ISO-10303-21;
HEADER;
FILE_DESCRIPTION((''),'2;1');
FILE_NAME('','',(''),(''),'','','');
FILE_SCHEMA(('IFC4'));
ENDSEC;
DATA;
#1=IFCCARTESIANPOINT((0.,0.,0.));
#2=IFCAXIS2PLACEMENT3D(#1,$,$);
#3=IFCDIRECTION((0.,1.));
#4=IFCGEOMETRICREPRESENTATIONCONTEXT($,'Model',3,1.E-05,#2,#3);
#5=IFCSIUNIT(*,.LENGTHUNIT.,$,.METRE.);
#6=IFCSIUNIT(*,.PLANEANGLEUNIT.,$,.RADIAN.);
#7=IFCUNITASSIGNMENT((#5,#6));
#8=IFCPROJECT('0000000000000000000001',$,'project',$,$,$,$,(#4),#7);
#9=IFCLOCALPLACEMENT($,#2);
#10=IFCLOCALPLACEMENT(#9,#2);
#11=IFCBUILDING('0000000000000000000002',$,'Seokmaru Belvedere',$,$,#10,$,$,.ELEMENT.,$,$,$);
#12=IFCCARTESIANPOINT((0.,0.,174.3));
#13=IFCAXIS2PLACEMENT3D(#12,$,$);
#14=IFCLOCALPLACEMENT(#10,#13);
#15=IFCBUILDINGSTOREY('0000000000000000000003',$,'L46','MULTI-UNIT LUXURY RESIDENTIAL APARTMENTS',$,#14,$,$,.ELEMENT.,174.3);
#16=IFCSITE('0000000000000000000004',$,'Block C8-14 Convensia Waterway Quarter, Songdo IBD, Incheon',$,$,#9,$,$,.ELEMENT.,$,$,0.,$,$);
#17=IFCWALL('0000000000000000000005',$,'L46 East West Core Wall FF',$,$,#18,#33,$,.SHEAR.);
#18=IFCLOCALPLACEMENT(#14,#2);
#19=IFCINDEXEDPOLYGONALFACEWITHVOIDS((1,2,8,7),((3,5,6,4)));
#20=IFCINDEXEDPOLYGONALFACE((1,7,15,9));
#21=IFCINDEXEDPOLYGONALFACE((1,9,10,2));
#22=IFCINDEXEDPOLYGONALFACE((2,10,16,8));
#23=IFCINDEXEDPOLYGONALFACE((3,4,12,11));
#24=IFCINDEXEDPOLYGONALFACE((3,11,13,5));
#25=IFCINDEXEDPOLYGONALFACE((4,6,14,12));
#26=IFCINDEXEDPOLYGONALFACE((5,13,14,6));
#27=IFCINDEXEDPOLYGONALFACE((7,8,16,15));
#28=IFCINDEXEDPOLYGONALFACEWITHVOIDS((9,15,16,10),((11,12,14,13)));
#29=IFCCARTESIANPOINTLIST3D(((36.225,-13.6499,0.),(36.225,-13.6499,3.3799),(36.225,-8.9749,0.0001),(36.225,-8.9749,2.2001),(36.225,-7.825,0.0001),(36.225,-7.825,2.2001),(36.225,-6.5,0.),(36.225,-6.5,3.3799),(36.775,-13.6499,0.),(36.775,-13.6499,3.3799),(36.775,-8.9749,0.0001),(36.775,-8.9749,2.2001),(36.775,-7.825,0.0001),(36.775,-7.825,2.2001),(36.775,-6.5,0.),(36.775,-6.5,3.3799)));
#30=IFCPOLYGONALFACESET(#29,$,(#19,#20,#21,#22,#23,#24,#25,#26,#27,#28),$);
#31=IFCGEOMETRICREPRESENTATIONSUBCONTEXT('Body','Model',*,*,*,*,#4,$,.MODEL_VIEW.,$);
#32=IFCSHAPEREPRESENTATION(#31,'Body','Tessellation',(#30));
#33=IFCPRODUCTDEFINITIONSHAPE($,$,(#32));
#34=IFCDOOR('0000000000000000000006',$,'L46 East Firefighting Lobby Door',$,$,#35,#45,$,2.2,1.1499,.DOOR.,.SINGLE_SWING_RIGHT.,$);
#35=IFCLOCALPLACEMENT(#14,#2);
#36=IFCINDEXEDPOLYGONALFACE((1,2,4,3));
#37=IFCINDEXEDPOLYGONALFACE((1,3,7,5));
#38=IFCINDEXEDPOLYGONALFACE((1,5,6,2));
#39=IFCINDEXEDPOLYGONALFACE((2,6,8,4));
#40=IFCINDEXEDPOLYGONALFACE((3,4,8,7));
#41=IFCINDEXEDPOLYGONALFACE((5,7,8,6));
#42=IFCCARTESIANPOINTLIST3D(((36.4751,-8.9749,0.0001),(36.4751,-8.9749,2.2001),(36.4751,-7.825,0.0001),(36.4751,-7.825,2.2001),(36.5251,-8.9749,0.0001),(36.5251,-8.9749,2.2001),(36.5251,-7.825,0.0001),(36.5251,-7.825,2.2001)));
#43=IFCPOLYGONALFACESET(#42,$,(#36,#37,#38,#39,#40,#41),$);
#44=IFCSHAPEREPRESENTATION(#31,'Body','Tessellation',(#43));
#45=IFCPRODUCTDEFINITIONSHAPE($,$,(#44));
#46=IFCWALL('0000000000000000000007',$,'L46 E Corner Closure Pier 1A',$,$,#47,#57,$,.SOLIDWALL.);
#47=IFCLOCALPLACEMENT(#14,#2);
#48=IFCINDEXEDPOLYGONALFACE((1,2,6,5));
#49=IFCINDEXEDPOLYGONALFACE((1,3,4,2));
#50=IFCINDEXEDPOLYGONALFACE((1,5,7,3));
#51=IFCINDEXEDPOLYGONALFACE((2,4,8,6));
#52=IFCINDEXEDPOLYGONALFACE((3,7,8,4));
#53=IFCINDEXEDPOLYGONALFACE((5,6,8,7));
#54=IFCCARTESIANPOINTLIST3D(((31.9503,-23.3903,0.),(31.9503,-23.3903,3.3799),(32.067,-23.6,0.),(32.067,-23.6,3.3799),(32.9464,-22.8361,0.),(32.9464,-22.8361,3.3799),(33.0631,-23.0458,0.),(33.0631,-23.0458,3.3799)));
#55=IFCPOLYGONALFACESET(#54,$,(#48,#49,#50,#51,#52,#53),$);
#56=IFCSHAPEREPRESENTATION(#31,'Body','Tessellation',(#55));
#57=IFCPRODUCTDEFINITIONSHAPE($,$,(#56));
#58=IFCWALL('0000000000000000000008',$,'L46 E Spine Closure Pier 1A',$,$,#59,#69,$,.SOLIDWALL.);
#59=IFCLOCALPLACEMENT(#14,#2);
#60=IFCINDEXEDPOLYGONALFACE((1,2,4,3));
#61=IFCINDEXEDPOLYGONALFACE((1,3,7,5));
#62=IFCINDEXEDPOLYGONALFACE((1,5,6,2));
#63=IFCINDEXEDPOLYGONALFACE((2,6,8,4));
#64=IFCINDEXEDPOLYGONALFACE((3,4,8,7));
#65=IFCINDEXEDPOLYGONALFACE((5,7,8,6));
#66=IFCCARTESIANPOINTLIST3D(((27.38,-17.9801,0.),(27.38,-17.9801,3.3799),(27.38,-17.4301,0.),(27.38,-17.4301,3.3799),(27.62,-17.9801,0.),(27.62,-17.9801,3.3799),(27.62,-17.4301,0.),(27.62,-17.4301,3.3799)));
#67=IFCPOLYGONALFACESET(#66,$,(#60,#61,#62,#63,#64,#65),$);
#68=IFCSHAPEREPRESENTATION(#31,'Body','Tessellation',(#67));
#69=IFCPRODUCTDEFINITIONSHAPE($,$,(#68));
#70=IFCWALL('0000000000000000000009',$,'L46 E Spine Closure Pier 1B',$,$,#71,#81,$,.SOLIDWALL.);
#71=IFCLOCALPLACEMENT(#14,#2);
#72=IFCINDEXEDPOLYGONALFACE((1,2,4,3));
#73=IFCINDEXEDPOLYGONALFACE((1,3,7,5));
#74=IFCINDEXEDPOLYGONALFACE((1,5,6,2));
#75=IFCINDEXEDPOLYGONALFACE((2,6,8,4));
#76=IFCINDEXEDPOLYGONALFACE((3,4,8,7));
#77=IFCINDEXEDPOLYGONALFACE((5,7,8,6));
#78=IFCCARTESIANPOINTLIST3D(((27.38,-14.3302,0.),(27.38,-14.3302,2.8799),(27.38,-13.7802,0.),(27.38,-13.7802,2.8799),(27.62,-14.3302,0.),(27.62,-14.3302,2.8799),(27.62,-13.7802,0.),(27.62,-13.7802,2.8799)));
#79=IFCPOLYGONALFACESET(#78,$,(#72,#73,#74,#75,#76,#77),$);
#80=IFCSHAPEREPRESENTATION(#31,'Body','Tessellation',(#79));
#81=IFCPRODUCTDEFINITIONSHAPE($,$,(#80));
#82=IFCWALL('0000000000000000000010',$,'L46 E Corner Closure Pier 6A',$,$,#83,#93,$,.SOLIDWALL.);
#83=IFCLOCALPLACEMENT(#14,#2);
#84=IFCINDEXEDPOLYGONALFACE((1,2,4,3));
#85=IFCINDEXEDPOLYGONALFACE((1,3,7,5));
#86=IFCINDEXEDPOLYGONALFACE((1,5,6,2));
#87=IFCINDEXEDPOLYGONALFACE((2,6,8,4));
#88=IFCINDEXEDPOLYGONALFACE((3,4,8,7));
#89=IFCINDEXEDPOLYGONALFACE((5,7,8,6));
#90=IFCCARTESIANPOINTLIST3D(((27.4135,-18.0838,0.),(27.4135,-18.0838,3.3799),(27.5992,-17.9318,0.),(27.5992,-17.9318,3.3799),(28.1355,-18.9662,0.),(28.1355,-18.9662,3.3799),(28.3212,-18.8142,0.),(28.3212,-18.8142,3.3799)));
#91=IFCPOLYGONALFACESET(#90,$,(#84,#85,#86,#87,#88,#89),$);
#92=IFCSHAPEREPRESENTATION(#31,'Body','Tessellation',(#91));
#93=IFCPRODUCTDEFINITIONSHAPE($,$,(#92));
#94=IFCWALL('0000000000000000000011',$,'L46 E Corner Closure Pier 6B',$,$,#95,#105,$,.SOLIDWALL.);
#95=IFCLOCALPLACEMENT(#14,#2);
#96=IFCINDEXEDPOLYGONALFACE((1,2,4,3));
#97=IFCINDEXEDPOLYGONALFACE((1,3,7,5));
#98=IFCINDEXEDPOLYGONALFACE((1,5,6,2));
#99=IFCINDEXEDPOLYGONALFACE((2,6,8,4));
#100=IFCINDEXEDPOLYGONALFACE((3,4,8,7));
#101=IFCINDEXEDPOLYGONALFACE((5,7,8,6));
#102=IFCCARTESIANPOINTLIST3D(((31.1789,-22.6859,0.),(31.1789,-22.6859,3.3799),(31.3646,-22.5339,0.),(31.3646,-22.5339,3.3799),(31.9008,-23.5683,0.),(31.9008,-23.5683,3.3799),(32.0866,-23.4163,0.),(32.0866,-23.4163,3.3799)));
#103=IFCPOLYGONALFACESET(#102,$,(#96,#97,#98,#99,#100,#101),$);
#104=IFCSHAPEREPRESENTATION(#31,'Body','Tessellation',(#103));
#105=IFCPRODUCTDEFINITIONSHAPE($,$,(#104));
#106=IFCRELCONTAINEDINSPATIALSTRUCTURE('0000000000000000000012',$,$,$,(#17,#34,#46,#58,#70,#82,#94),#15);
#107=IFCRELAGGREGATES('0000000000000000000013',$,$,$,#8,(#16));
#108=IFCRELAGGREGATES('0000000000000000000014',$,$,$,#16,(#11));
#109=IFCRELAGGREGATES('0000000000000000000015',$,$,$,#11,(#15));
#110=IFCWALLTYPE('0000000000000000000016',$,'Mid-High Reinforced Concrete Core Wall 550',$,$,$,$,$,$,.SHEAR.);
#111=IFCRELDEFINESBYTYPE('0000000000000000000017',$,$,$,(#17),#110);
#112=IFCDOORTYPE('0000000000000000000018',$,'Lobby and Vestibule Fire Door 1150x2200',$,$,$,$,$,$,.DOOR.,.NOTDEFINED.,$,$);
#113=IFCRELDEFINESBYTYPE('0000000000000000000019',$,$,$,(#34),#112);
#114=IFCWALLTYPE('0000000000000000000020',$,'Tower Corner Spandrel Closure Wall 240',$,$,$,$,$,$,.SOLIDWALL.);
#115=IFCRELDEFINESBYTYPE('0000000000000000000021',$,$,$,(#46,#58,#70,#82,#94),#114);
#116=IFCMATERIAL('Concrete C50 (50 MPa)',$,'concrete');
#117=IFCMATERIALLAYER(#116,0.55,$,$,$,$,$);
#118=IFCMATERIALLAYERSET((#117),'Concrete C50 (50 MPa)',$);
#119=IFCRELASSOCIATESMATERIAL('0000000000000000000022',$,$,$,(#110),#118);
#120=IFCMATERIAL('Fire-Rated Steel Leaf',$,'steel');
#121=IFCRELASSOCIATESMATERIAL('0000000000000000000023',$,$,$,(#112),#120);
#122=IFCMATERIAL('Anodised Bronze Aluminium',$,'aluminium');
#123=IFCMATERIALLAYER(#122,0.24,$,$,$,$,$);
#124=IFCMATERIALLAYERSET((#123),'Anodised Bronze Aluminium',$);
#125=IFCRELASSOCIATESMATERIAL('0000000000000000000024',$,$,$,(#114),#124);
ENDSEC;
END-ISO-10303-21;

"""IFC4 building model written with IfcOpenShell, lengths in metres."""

from ifc_helpers import new_model, si_unit, direction, frame, frame_2d, origin, place, context, subcontext, project, spatial, rectangle, extrude, source, transform, mapped, material, layer, layer_set, type_object, type_shapes, element, fill, save


model = new_model("IFC4")

# Units and contexts
model_context = context("Model", 3, precision=1e-05, world=origin(), true_north=direction((0.0, 1.0)))
body_context = subcontext(model_context, "Body", "Model", "MODEL_VIEW")
ifc_project = project(units=[si_unit("LENGTHUNIT", "METRE"), si_unit("PLANEANGLEUNIT", "RADIAN")], contexts=[model_context])

# Site, building, storey
site_placement = place(None, origin())
site = spatial("IfcSite", under=ifc_project, at=site_placement, Name="Block C8-14 Convensia Waterway Quarter, Songdo IBD, Incheon", CompositionType="ELEMENT", RefElevation=0.0)
building_placement = place(site_placement, origin())
building = spatial("IfcBuilding", under=site, at=building_placement, Name="Seokmaru Belvedere", CompositionType="ELEMENT")
storey_placement = place(building_placement, frame((0.0, 0.0, 174.3)))
storey = spatial("IfcBuildingStorey", under=building, at=storey_placement, Name="L46", Description="MULTI-UNIT LUXURY RESIDENTIAL APARTMENTS", CompositionType="ELEMENT", Elevation=174.3)

# Shared definitions
ifc_material_1 = material(Name="Anodised Bronze Aluminium", Category="aluminium")

# Wall, opening, door
ifc_material_2 = material(Name="Concrete C50 (50 MPa)", Category="concrete")
ifc_layer_1 = layer(ifc_material_2, 0.55)
ifc_layer_set_1 = layer_set([ifc_layer_1], Name="Concrete C50 (50 MPa)")
wall_type_1 = type_object("IfcWallType", Name="Mid-High Reinforced Concrete Core Wall 550", PredefinedType="SHEAR", material=ifc_layer_set_1)
wall_1_placement = place(storey_placement, frame((36.5, -13.6499, 0.0), z_axis=(0.0, 0.0, 1.0), x_axis=(0.0, 1.0, 0.0)))
wall_1 = element("IfcWall", 1, at=wall_1_placement, inside=storey, type_object=wall_type_1, Name="L46 East West Core Wall FF", PredefinedType="SHEAR", context=body_context, shape_type="SweptSolid", body=[
    extrude(rectangle(XDim=7.1499, YDim=0.55, at=frame_2d((3.575, 0.0))), origin(), (0.0, 0.0, 1.0), 3.3799),
])
opening_placement = place(wall_1_placement, frame((4.675, 0.0, 0.0)))
opening = element("IfcOpeningElement", 2, at=opening_placement, cuts=wall_1, PredefinedType="OPENING", context=body_context, shape_type="SweptSolid", body=[
    extrude(rectangle(XDim=1.1499, YDim=2.2, at=frame_2d((0.575, 1.1001))), frame((0.0, 0.2852, 0.0), z_axis=(0.0, -1.0, 0.0), x_axis=(1.0, 0.0, 0.0)), (0.0, 0.0, 1.0), 0.5701),
])
ifc_material_3 = material(Name="Fire-Rated Steel Leaf", Category="steel")
door_type = type_object("IfcDoorType", Name="Lobby and Vestibule Fire Door 1150x2200", OperationType="NOTDEFINED", PredefinedType="DOOR", material=ifc_material_3)
shared_shape_1 = source(origin(), body_context, "Body", "SweptSolid", [
    extrude(rectangle(XDim=1.1499, YDim=2.2, at=frame_2d((0.575, 1.1001))), frame((0.0, 0.0249, 0.0), z_axis=(0.0, -1.0, 0.0), x_axis=(1.0, 0.0, 0.0)), (0.0, 0.0, 1.0), 0.05),
])
type_shapes(door_type, [shared_shape_1])
door_placement = place(opening_placement, origin())
door = element("IfcDoor", 3, at=door_placement, inside=storey, type_object=door_type, Name="L46 East Firefighting Lobby Door", OperationType="SINGLE_SWING_RIGHT", OverallHeight=2.2, OverallWidth=1.1499, PredefinedType="DOOR", context=body_context, shape_type="MappedRepresentation", body=[
    mapped(shared_shape_1, transform((0.0, 0.0, 0.0), scale=1.0)),
])
fill(opening, door)

# Walls
ifc_layer_2 = layer(ifc_material_1, 0.24)
ifc_layer_set_2 = layer_set([ifc_layer_2], Name="Anodised Bronze Aluminium")
wall_type_2 = type_object("IfcWallType", Name="Tower Corner Spandrel Closure Wall 240", PredefinedType="SOLIDWALL", material=ifc_layer_set_2)
wall_2_placement = place(storey_placement, frame((32.0088, -23.4951, 0.0), z_axis=(0.0, 0.0, 1.0), x_axis=(0.873854, 0.486188, 0.0)))
element("IfcWall", 4, at=wall_2_placement, inside=storey, type_object=wall_type_2, Name="L46 E Corner Closure Pier 1A", PredefinedType="SOLIDWALL", context=body_context, shape_type="SweptSolid", body=[
    extrude(rectangle(XDim=1.1399, YDim=0.24, at=frame_2d((0.5698, 0.0))), origin(), (0.0, 0.0, 1.0), 3.3799),
])
wall_3_placement = place(storey_placement, frame((27.5, -17.98, 0.0), z_axis=(0.0, 0.0, 1.0), x_axis=(0.0, 1.0, 0.0)))
element("IfcWall", 5, at=wall_3_placement, inside=storey, type_object=wall_type_2, Name="L46 E Spine Closure Pier 1A", PredefinedType="SOLIDWALL", context=body_context, shape_type="SweptSolid", body=[
    extrude(rectangle(XDim=0.55, YDim=0.24, at=frame_2d((0.2749, 0.0))), origin(), (0.0, 0.0, 1.0), 3.3799),
])
wall_4_placement = place(storey_placement, frame((27.5, -14.3301, 0.0), z_axis=(0.0, 0.0, 1.0), x_axis=(0.0, 1.0, 0.0)))
element("IfcWall", 6, at=wall_4_placement, inside=storey, type_object=wall_type_2, Name="L46 E Spine Closure Pier 1B", PredefinedType="SOLIDWALL", context=body_context, shape_type="SweptSolid", body=[
    extrude(rectangle(XDim=0.55, YDim=0.24, at=frame_2d((0.2749, 0.0))), origin(), (0.0, 0.0, 1.0), 2.8799),
])
for number, where, z_axis, x_axis, name in (
    (7, (27.5063, -18.0078, 0.0), (0.0, 0.0, 1.0), (0.633249, -0.773948, 0.0), "L46 E Corner Closure Pier 6A"),
    (8, (31.2717, -22.6099, 0.0), (0.0, 0.0, 1.0), (0.633249, -0.773948, 0.0), "L46 E Corner Closure Pier 6B"),
):
    element("IfcWall", number, at=place(storey_placement, frame(where, z_axis=z_axis, x_axis=x_axis)), inside=storey, type_object=wall_type_2, Name=name, PredefinedType="SOLIDWALL", context=body_context, shape_type="SweptSolid", body=[
        extrude(rectangle(XDim=1.1401, YDim=0.24, at=frame_2d((0.5701, 0.0))), origin(), (0.0, 0.0, 1.0), 3.3799),
    ])

save(model, "model.ifc")
